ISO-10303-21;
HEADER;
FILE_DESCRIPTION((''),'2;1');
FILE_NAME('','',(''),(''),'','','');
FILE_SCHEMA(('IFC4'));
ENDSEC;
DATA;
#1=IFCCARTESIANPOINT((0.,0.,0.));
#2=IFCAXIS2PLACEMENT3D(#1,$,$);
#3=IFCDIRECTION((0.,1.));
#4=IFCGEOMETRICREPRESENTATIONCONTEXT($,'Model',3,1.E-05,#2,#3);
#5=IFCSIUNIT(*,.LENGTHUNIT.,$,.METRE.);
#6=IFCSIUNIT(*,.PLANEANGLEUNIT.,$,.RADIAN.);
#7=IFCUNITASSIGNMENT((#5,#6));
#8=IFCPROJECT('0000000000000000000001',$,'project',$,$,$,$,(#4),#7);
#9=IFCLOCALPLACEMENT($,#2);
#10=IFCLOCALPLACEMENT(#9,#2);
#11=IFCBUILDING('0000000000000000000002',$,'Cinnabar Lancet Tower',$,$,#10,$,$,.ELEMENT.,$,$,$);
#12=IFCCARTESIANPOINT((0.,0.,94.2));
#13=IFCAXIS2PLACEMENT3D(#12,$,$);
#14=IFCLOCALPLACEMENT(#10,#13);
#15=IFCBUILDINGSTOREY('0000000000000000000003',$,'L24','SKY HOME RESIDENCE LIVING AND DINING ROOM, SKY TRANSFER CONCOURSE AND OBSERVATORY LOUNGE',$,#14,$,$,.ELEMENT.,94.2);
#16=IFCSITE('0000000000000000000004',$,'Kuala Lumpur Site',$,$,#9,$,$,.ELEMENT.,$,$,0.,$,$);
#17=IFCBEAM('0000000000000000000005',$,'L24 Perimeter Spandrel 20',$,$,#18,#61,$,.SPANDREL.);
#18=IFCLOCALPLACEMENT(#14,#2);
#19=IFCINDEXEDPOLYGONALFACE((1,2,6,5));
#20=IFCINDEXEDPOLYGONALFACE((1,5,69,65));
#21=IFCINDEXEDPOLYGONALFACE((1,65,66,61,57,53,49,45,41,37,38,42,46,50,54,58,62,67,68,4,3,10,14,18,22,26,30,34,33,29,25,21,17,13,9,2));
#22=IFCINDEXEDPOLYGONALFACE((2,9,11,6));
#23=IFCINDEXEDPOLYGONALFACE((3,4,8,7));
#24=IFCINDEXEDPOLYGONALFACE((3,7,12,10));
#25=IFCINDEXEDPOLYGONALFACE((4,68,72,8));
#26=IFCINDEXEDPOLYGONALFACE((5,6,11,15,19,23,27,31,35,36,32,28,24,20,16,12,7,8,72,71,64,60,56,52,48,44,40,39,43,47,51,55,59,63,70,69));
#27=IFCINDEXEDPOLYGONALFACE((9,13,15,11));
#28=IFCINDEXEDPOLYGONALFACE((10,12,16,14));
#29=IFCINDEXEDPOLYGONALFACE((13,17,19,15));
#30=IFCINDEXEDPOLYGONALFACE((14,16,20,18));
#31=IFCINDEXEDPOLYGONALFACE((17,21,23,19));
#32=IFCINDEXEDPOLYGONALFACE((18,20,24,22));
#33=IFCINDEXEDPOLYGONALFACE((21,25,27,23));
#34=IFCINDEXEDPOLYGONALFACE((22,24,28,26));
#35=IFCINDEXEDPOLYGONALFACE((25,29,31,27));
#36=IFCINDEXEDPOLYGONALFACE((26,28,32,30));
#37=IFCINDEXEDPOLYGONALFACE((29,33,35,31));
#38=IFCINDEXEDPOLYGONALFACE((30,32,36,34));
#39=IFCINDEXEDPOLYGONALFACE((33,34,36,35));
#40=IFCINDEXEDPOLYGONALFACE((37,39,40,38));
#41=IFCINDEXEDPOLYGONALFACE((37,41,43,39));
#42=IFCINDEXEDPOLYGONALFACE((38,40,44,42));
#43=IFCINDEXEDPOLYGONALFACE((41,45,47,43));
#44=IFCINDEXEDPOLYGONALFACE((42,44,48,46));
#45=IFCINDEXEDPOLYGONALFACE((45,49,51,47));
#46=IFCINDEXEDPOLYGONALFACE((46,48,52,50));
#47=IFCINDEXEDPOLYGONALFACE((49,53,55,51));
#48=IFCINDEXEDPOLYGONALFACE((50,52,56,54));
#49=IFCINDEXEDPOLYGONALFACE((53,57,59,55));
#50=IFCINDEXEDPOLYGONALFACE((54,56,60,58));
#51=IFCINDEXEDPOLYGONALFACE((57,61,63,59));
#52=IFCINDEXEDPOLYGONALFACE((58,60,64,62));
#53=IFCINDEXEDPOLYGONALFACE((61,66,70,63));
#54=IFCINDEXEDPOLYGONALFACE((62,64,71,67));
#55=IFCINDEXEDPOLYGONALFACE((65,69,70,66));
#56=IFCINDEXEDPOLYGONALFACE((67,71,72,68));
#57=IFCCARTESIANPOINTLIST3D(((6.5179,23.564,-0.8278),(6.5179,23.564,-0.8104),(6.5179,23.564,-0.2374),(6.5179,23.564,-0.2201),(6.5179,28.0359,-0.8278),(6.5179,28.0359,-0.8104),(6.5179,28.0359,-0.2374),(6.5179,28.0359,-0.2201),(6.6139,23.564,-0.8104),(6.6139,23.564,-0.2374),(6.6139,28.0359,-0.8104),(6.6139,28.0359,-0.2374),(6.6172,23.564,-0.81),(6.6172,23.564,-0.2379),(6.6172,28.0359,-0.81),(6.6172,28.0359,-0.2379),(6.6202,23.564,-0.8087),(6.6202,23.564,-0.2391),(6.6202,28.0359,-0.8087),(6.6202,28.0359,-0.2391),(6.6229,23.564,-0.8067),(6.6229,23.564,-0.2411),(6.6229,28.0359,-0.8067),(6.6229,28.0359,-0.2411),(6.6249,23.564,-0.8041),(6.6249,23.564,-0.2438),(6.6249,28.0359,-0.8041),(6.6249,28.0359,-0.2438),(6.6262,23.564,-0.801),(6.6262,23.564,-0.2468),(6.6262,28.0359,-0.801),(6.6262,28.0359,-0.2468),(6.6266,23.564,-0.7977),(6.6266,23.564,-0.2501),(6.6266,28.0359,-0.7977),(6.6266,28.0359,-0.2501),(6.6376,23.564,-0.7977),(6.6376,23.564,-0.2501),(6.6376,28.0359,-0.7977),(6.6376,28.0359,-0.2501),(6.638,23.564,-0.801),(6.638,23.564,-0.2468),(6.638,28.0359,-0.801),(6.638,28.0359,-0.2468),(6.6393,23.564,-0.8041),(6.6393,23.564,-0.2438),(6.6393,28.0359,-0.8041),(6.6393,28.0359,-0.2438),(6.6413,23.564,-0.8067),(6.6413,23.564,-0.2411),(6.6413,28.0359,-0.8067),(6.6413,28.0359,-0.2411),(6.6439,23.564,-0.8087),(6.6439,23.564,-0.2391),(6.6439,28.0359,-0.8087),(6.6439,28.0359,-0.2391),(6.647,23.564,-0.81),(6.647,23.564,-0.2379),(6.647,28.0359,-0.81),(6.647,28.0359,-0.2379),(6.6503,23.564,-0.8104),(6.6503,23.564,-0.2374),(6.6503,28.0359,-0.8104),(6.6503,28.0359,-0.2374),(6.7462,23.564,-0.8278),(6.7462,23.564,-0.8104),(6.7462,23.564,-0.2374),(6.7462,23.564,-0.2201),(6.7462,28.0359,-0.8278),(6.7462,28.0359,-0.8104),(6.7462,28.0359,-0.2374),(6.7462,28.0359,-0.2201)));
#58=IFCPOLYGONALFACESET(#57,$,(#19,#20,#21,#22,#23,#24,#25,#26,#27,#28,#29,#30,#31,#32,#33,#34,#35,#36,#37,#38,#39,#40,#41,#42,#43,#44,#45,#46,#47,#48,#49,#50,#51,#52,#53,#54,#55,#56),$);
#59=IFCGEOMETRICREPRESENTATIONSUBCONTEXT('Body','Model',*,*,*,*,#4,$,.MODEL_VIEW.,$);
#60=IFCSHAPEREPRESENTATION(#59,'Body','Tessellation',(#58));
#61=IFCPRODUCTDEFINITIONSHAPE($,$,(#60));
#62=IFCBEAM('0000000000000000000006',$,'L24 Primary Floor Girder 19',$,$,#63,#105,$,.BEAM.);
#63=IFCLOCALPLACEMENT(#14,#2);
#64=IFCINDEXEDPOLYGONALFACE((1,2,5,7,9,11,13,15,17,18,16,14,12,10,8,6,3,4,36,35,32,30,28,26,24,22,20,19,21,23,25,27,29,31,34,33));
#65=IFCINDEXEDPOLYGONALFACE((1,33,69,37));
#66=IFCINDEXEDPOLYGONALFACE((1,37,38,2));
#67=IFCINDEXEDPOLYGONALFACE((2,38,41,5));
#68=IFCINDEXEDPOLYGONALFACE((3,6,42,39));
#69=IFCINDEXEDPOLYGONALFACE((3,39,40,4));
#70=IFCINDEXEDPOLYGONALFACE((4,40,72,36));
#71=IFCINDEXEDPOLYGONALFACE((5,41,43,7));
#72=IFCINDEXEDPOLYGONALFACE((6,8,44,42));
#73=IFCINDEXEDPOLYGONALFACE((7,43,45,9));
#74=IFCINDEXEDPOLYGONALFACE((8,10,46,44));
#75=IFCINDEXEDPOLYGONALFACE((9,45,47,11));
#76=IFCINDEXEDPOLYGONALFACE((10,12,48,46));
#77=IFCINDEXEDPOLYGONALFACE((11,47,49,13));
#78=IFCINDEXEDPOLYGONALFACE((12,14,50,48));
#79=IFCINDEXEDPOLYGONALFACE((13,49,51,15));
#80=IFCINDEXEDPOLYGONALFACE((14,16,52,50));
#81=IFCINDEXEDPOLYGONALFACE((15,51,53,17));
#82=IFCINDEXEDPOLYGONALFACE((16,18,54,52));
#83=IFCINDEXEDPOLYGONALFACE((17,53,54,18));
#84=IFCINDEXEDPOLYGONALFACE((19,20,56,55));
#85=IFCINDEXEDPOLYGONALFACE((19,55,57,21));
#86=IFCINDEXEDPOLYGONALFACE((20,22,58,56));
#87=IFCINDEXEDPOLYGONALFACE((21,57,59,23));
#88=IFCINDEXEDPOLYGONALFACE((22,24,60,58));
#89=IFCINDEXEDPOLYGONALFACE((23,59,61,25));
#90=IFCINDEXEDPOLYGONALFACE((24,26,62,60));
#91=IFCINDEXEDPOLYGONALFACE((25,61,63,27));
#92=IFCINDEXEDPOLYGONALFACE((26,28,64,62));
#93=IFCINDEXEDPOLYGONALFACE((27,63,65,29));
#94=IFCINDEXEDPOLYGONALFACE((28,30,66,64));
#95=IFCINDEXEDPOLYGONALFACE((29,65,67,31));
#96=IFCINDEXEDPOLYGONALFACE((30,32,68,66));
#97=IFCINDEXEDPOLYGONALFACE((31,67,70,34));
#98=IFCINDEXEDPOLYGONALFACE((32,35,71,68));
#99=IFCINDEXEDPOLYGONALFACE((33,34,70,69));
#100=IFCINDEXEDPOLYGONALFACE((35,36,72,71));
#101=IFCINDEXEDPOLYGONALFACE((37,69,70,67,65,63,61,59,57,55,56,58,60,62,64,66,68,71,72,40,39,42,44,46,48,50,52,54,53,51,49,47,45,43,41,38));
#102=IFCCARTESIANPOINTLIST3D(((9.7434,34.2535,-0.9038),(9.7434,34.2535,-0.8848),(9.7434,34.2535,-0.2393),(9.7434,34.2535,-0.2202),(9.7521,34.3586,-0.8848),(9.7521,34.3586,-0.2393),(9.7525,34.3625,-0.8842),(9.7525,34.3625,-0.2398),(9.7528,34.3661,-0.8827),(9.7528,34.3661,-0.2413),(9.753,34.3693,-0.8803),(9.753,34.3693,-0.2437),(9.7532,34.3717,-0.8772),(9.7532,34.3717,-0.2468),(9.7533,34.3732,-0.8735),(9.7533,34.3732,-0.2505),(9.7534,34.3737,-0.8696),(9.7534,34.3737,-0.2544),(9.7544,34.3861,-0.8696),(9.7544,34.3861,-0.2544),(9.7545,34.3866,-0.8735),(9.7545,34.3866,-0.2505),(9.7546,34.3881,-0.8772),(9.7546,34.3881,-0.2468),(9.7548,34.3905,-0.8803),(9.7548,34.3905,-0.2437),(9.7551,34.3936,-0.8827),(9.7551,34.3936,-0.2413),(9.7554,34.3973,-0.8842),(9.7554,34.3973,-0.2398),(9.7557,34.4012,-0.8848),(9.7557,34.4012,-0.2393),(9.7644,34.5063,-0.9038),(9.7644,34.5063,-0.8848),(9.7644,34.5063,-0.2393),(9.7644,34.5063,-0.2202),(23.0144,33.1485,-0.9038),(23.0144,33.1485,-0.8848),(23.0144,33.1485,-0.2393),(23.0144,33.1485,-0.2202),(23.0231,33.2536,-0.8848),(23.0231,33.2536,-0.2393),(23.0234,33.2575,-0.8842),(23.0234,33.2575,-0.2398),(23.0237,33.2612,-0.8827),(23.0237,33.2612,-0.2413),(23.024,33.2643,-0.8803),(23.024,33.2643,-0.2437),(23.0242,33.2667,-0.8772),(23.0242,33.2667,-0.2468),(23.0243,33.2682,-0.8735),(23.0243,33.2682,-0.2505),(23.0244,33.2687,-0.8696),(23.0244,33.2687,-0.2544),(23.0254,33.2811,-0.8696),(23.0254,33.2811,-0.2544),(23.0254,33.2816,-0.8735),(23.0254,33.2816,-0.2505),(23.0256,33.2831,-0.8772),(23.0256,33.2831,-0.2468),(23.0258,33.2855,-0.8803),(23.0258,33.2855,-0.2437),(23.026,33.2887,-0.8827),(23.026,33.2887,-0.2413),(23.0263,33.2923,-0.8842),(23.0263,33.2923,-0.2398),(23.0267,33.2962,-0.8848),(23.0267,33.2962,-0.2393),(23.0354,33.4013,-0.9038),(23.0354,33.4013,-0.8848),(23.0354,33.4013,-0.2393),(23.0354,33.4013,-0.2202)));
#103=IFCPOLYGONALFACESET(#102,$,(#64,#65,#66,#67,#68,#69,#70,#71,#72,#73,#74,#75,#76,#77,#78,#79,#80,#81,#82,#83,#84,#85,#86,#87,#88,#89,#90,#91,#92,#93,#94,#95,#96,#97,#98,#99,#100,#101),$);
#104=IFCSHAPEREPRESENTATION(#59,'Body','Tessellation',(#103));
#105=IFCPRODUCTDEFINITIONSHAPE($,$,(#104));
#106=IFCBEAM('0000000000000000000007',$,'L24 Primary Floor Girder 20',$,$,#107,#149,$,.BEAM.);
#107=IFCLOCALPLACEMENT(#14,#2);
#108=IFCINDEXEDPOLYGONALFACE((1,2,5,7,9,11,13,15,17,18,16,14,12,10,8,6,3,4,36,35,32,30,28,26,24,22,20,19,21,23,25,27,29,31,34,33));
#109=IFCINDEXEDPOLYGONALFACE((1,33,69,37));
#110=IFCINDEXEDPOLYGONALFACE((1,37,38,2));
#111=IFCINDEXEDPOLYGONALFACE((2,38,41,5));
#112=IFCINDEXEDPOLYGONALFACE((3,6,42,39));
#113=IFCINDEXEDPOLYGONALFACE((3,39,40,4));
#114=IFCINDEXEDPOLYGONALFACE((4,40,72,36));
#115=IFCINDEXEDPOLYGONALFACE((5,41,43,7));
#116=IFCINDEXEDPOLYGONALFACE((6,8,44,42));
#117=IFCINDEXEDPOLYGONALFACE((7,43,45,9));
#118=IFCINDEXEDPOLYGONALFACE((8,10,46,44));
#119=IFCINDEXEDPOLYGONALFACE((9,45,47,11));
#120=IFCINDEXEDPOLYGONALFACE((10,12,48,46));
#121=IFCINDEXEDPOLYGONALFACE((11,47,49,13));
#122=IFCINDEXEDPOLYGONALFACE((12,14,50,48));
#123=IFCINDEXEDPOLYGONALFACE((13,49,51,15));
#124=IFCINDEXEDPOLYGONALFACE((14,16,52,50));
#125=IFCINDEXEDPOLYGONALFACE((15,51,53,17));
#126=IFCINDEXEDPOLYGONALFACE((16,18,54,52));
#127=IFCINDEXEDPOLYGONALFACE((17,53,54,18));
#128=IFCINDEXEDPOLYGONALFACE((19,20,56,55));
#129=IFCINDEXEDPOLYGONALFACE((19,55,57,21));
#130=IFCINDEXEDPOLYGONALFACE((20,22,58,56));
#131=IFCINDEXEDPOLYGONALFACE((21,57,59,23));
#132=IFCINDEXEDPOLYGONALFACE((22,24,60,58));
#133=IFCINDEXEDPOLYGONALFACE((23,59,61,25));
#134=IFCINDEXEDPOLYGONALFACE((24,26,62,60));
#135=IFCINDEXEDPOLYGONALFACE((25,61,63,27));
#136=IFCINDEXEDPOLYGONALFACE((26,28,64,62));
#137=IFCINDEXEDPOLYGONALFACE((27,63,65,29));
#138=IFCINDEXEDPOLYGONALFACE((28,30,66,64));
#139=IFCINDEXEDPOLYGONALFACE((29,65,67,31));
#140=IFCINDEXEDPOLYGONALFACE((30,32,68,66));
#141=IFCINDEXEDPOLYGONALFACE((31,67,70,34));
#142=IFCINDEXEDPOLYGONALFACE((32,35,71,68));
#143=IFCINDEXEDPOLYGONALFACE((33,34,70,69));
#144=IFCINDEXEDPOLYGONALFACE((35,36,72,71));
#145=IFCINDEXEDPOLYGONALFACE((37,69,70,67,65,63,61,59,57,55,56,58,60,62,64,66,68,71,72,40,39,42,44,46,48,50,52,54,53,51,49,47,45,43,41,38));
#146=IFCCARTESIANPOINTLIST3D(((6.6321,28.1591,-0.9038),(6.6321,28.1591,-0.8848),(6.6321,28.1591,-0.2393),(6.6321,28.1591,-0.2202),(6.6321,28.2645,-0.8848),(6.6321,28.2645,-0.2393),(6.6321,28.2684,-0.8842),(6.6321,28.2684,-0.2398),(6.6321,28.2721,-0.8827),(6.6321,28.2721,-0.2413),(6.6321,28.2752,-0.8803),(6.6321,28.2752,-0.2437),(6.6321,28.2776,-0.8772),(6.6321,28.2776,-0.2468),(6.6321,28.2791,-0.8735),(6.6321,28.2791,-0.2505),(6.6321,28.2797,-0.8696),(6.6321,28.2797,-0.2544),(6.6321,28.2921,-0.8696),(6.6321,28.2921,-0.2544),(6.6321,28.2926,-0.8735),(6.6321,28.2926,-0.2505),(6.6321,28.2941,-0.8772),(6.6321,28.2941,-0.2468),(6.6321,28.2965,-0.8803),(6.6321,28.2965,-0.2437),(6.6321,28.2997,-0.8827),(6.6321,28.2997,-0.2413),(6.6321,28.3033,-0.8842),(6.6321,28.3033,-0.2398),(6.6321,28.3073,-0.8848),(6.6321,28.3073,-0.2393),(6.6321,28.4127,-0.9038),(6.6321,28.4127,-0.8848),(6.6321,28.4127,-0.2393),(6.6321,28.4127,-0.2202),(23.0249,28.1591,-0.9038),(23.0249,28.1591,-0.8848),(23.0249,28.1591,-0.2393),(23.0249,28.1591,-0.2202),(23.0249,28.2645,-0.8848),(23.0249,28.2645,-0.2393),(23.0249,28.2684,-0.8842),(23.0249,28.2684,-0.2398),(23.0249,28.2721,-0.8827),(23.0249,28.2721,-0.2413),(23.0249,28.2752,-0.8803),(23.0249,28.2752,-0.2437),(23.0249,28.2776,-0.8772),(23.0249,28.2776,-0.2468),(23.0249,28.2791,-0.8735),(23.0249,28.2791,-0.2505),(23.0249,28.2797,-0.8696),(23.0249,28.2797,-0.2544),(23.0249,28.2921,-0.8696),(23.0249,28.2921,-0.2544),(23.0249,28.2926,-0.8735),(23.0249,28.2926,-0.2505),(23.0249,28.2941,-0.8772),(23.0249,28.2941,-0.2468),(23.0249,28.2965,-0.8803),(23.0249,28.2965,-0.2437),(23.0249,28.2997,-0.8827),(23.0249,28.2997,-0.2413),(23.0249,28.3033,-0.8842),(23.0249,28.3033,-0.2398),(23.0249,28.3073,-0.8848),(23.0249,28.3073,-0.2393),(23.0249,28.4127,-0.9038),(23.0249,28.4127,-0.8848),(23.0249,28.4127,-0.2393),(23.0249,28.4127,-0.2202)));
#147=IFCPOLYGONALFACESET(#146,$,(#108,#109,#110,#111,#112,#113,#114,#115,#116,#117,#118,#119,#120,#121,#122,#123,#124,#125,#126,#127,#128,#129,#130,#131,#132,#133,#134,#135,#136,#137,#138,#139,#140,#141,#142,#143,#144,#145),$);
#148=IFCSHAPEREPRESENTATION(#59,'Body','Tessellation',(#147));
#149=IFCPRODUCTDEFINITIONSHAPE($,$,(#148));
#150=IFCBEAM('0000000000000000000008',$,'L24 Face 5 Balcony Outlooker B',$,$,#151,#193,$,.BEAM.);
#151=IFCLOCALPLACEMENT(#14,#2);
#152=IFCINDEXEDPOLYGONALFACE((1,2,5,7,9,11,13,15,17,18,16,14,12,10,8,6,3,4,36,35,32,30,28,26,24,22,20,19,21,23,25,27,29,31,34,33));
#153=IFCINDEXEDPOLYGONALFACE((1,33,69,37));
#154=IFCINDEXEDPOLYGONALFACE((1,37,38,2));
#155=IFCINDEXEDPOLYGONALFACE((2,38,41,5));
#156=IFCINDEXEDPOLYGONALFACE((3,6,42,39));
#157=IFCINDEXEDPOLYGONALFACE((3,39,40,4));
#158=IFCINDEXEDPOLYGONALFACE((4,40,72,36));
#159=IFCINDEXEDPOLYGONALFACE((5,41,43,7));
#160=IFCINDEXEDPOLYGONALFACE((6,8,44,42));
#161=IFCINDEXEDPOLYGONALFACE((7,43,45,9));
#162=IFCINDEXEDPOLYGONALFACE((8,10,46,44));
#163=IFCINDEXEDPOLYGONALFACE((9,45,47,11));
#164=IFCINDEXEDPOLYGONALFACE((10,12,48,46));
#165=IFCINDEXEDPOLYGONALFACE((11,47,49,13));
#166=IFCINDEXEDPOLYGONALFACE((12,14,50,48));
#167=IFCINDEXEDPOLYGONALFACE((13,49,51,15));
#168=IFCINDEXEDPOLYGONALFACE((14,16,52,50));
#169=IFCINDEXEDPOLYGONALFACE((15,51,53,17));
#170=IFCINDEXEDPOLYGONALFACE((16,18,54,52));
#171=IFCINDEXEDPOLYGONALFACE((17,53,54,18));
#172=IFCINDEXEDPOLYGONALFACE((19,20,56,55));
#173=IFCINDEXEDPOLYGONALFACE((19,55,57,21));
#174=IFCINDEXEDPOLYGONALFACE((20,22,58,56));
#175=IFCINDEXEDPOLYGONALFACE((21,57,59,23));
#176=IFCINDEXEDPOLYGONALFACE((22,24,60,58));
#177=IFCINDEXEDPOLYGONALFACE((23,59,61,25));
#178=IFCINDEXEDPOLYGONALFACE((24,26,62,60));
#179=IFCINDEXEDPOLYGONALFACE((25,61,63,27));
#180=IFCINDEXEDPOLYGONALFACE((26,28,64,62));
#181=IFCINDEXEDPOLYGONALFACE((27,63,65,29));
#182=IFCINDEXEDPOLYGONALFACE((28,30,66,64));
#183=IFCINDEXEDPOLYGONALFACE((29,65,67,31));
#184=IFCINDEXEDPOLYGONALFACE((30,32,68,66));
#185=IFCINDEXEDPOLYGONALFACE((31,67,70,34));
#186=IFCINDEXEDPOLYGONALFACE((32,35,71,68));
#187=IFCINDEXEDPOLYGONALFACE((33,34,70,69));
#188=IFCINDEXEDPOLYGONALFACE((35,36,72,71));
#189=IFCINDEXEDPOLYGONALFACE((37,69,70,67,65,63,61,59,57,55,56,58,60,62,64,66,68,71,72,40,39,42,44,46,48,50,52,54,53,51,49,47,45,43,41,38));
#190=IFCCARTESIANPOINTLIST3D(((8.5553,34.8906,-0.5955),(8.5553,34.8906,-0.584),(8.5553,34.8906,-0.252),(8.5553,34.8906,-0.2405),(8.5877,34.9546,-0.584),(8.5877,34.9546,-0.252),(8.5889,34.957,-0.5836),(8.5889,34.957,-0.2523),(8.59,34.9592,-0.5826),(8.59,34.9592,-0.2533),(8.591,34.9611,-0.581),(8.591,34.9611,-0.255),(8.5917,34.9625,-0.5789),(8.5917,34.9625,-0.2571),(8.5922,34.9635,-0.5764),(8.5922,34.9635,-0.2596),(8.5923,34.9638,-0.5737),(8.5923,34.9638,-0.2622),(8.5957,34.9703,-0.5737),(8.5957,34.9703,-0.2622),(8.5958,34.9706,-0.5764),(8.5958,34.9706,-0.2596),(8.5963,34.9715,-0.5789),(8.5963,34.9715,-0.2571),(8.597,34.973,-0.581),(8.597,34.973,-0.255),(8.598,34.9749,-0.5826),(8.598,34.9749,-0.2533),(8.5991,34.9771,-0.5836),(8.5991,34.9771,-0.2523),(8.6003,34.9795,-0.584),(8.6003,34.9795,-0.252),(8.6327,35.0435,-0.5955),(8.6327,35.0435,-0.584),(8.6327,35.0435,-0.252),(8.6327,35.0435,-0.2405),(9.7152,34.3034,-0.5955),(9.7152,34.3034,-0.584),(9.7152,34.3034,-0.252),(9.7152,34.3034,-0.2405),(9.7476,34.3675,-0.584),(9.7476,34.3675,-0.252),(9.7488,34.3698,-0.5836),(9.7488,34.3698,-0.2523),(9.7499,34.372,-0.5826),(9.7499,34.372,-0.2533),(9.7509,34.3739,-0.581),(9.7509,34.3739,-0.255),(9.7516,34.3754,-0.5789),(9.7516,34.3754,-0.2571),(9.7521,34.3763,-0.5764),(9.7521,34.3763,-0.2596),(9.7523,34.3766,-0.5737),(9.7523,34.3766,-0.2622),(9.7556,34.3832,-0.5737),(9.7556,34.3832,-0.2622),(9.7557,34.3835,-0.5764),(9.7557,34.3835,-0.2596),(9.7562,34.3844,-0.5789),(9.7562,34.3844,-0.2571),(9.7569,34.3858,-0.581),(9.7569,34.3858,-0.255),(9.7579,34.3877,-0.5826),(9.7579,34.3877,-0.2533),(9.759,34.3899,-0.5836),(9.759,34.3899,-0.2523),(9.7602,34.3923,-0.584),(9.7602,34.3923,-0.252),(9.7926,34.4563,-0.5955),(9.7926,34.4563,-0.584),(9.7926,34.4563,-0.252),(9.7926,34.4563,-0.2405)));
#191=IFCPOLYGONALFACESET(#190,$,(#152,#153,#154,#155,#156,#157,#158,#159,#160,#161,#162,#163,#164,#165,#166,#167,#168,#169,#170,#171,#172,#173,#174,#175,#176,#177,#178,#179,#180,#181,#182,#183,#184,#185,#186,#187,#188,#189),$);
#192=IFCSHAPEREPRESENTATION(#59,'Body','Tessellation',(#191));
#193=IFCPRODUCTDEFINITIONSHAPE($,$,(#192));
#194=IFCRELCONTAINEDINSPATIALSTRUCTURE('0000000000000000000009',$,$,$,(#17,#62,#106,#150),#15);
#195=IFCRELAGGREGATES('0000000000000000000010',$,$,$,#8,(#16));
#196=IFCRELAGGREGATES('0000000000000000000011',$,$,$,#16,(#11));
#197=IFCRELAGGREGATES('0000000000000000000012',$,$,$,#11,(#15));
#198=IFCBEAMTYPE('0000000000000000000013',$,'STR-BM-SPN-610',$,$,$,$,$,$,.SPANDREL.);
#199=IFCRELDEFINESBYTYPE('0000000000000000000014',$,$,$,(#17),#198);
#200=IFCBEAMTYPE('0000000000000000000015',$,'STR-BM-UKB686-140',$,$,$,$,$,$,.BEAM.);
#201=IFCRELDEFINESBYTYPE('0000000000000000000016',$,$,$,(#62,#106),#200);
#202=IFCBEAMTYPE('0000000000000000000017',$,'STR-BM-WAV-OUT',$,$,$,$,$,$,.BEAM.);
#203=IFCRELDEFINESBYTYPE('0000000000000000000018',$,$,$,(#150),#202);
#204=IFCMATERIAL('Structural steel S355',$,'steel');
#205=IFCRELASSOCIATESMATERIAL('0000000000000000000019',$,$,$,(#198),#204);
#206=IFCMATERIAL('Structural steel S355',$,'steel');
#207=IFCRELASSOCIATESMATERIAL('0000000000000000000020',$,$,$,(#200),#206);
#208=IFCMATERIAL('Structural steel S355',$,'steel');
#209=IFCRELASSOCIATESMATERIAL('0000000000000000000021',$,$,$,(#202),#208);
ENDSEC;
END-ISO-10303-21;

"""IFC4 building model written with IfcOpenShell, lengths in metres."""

from ifc_helpers import new_model, si_unit, direction, frame, origin, origin_2d, place, context, subcontext, project, spatial, i_section, extrude, material, material_profile, profile_set, type_object, element, save


model = new_model("IFC4")

# Units and contexts
model_context = context("Model", 3, precision=1e-05, world=origin(), true_north=direction((0.0, 1.0)))
body_context = subcontext(model_context, "Body", "Model", "MODEL_VIEW")
ifc_project = project(units=[si_unit("LENGTHUNIT", "METRE"), si_unit("PLANEANGLEUNIT", "RADIAN")], contexts=[model_context])

# Site, building, storey
site_placement = place(None, origin())
site = spatial("IfcSite", under=ifc_project, at=site_placement, Name="Kuala Lumpur Site", CompositionType="ELEMENT", RefElevation=0.0)
building_placement = place(site_placement, origin())
building = spatial("IfcBuilding", under=site, at=building_placement, Name="Cinnabar Lancet Tower", CompositionType="ELEMENT")
storey_placement = place(building_placement, frame((0.0, 0.0, 94.2)))
storey = spatial("IfcBuildingStorey", under=building, at=storey_placement, Name="L24", Description="SKY HOME RESIDENCE LIVING AND DINING ROOM, SKY TRANSFER CONCOURSE AND OBSERVATORY LOUNGE", CompositionType="ELEMENT", Elevation=94.2)

# Beams
ifc_material_1 = material(Name="Structural steel S355", Category="steel")
ifc_material_profile_1 = material_profile(ifc_material_1, i_section(OverallWidth=0.2283, OverallDepth=0.6077, WebThickness=0.011, FlangeThickness=0.0173, FilletRadius=0.0127, at=origin_2d()), Name="UKB 610x229x113")
ifc_profile_set_1 = profile_set([ifc_material_profile_1], Name="Structural steel S355")
beam_type_1 = type_object("IfcBeamType", Name="STR-BM-SPN-610", PredefinedType="SPANDREL", material=ifc_profile_set_1)
beam_1_placement = place(storey_placement, frame((6.6321, 28.0359, -0.5239), z_axis=(0.0, -1.0, 0.0), x_axis=(1.0, 0.0, 0.0)))
element("IfcBeam", 1, at=beam_1_placement, inside=storey, type_object=beam_type_1, Name="L24 Perimeter Spandrel 20", PredefinedType="SPANDREL", context=body_context, shape_type="SweptSolid", body=[
    extrude(i_section(OverallWidth=0.2283, OverallDepth=0.6077, WebThickness=0.011, FlangeThickness=0.0173, FilletRadius=0.0127, at=origin_2d()), origin(), (0.0, 0.0, 1.0), 4.4719),
])
ifc_material_2 = material(Name="Structural steel S355", Category="steel")
ifc_material_profile_2 = material_profile(ifc_material_2, i_section(OverallWidth=0.2537, OverallDepth=0.6836, WebThickness=0.0125, FlangeThickness=0.019, FilletRadius=0.0151, at=origin_2d()), Name="UKB 686x254x140")
ifc_profile_set_2 = profile_set([ifc_material_profile_2], Name="Structural steel S355")
beam_type_2 = type_object("IfcBeamType", Name="STR-BM-UKB686-140", PredefinedType="BEAM", material=ifc_profile_set_2)
beam_2_placement = place(storey_placement, frame((9.7539, 34.3799, -0.562), z_axis=(0.996552, -0.082976, 0.0), x_axis=(0.082976, 0.996552, 0.0)))
element("IfcBeam", 2, at=beam_2_placement, inside=storey, type_object=beam_type_2, Name="L24 Primary Floor Girder 19", PredefinedType="BEAM", context=body_context, shape_type="SweptSolid", body=[
    extrude(i_section(OverallWidth=0.2537, OverallDepth=0.6836, WebThickness=0.0125, FlangeThickness=0.019, FilletRadius=0.0151, at=origin_2d()), origin(), (0.0, 0.0, 1.0), 13.3169),
])
beam_3_placement = place(storey_placement, frame((6.6321, 28.2859, -0.562), z_axis=(1.0, 0.0, 0.0), x_axis=(0.0, 1.0, 0.0)))
element("IfcBeam", 3, at=beam_3_placement, inside=storey, type_object=beam_type_2, Name="L24 Primary Floor Girder 20", PredefinedType="BEAM", context=body_context, shape_type="SweptSolid", body=[
    extrude(i_section(OverallWidth=0.2537, OverallDepth=0.6836, WebThickness=0.0125, FlangeThickness=0.019, FilletRadius=0.0151, at=origin_2d()), origin(), (0.0, 0.0, 1.0), 16.3928),
])
ifc_material_3 = material(Name="Structural steel S355", Category="steel")
ifc_material_profile_3 = material_profile(ifc_material_3, i_section(OverallWidth=0.1714, OverallDepth=0.355, WebThickness=0.0073, FlangeThickness=0.0115, FilletRadius=0.0103, at=origin_2d()), Name="UKB 356x171x51")
ifc_profile_set_3 = profile_set([ifc_material_profile_3], Name="Structural steel S355")
beam_type_3 = type_object("IfcBeamType", Name="STR-BM-WAV-OUT", PredefinedType="BEAM", material=ifc_profile_set_3)
beam_4_placement = place(storey_placement, frame((9.7539, 34.3799, -0.418), z_axis=(-0.8922, 0.45164, 0.0), x_axis=(-0.45164, -0.8922, 0.0)))
element("IfcBeam", 4, at=beam_4_placement, inside=storey, type_object=beam_type_3, Name="L24 Face 5 Balcony Outlooker B", PredefinedType="BEAM", context=body_context, shape_type="SweptSolid", body=[
    extrude(i_section(OverallWidth=0.1714, OverallDepth=0.355, WebThickness=0.0073, FlangeThickness=0.0115, FilletRadius=0.0103, at=origin_2d()), origin(), (0.0, 0.0, 1.0), 1.3),
])

save(model, "model.ifc")
